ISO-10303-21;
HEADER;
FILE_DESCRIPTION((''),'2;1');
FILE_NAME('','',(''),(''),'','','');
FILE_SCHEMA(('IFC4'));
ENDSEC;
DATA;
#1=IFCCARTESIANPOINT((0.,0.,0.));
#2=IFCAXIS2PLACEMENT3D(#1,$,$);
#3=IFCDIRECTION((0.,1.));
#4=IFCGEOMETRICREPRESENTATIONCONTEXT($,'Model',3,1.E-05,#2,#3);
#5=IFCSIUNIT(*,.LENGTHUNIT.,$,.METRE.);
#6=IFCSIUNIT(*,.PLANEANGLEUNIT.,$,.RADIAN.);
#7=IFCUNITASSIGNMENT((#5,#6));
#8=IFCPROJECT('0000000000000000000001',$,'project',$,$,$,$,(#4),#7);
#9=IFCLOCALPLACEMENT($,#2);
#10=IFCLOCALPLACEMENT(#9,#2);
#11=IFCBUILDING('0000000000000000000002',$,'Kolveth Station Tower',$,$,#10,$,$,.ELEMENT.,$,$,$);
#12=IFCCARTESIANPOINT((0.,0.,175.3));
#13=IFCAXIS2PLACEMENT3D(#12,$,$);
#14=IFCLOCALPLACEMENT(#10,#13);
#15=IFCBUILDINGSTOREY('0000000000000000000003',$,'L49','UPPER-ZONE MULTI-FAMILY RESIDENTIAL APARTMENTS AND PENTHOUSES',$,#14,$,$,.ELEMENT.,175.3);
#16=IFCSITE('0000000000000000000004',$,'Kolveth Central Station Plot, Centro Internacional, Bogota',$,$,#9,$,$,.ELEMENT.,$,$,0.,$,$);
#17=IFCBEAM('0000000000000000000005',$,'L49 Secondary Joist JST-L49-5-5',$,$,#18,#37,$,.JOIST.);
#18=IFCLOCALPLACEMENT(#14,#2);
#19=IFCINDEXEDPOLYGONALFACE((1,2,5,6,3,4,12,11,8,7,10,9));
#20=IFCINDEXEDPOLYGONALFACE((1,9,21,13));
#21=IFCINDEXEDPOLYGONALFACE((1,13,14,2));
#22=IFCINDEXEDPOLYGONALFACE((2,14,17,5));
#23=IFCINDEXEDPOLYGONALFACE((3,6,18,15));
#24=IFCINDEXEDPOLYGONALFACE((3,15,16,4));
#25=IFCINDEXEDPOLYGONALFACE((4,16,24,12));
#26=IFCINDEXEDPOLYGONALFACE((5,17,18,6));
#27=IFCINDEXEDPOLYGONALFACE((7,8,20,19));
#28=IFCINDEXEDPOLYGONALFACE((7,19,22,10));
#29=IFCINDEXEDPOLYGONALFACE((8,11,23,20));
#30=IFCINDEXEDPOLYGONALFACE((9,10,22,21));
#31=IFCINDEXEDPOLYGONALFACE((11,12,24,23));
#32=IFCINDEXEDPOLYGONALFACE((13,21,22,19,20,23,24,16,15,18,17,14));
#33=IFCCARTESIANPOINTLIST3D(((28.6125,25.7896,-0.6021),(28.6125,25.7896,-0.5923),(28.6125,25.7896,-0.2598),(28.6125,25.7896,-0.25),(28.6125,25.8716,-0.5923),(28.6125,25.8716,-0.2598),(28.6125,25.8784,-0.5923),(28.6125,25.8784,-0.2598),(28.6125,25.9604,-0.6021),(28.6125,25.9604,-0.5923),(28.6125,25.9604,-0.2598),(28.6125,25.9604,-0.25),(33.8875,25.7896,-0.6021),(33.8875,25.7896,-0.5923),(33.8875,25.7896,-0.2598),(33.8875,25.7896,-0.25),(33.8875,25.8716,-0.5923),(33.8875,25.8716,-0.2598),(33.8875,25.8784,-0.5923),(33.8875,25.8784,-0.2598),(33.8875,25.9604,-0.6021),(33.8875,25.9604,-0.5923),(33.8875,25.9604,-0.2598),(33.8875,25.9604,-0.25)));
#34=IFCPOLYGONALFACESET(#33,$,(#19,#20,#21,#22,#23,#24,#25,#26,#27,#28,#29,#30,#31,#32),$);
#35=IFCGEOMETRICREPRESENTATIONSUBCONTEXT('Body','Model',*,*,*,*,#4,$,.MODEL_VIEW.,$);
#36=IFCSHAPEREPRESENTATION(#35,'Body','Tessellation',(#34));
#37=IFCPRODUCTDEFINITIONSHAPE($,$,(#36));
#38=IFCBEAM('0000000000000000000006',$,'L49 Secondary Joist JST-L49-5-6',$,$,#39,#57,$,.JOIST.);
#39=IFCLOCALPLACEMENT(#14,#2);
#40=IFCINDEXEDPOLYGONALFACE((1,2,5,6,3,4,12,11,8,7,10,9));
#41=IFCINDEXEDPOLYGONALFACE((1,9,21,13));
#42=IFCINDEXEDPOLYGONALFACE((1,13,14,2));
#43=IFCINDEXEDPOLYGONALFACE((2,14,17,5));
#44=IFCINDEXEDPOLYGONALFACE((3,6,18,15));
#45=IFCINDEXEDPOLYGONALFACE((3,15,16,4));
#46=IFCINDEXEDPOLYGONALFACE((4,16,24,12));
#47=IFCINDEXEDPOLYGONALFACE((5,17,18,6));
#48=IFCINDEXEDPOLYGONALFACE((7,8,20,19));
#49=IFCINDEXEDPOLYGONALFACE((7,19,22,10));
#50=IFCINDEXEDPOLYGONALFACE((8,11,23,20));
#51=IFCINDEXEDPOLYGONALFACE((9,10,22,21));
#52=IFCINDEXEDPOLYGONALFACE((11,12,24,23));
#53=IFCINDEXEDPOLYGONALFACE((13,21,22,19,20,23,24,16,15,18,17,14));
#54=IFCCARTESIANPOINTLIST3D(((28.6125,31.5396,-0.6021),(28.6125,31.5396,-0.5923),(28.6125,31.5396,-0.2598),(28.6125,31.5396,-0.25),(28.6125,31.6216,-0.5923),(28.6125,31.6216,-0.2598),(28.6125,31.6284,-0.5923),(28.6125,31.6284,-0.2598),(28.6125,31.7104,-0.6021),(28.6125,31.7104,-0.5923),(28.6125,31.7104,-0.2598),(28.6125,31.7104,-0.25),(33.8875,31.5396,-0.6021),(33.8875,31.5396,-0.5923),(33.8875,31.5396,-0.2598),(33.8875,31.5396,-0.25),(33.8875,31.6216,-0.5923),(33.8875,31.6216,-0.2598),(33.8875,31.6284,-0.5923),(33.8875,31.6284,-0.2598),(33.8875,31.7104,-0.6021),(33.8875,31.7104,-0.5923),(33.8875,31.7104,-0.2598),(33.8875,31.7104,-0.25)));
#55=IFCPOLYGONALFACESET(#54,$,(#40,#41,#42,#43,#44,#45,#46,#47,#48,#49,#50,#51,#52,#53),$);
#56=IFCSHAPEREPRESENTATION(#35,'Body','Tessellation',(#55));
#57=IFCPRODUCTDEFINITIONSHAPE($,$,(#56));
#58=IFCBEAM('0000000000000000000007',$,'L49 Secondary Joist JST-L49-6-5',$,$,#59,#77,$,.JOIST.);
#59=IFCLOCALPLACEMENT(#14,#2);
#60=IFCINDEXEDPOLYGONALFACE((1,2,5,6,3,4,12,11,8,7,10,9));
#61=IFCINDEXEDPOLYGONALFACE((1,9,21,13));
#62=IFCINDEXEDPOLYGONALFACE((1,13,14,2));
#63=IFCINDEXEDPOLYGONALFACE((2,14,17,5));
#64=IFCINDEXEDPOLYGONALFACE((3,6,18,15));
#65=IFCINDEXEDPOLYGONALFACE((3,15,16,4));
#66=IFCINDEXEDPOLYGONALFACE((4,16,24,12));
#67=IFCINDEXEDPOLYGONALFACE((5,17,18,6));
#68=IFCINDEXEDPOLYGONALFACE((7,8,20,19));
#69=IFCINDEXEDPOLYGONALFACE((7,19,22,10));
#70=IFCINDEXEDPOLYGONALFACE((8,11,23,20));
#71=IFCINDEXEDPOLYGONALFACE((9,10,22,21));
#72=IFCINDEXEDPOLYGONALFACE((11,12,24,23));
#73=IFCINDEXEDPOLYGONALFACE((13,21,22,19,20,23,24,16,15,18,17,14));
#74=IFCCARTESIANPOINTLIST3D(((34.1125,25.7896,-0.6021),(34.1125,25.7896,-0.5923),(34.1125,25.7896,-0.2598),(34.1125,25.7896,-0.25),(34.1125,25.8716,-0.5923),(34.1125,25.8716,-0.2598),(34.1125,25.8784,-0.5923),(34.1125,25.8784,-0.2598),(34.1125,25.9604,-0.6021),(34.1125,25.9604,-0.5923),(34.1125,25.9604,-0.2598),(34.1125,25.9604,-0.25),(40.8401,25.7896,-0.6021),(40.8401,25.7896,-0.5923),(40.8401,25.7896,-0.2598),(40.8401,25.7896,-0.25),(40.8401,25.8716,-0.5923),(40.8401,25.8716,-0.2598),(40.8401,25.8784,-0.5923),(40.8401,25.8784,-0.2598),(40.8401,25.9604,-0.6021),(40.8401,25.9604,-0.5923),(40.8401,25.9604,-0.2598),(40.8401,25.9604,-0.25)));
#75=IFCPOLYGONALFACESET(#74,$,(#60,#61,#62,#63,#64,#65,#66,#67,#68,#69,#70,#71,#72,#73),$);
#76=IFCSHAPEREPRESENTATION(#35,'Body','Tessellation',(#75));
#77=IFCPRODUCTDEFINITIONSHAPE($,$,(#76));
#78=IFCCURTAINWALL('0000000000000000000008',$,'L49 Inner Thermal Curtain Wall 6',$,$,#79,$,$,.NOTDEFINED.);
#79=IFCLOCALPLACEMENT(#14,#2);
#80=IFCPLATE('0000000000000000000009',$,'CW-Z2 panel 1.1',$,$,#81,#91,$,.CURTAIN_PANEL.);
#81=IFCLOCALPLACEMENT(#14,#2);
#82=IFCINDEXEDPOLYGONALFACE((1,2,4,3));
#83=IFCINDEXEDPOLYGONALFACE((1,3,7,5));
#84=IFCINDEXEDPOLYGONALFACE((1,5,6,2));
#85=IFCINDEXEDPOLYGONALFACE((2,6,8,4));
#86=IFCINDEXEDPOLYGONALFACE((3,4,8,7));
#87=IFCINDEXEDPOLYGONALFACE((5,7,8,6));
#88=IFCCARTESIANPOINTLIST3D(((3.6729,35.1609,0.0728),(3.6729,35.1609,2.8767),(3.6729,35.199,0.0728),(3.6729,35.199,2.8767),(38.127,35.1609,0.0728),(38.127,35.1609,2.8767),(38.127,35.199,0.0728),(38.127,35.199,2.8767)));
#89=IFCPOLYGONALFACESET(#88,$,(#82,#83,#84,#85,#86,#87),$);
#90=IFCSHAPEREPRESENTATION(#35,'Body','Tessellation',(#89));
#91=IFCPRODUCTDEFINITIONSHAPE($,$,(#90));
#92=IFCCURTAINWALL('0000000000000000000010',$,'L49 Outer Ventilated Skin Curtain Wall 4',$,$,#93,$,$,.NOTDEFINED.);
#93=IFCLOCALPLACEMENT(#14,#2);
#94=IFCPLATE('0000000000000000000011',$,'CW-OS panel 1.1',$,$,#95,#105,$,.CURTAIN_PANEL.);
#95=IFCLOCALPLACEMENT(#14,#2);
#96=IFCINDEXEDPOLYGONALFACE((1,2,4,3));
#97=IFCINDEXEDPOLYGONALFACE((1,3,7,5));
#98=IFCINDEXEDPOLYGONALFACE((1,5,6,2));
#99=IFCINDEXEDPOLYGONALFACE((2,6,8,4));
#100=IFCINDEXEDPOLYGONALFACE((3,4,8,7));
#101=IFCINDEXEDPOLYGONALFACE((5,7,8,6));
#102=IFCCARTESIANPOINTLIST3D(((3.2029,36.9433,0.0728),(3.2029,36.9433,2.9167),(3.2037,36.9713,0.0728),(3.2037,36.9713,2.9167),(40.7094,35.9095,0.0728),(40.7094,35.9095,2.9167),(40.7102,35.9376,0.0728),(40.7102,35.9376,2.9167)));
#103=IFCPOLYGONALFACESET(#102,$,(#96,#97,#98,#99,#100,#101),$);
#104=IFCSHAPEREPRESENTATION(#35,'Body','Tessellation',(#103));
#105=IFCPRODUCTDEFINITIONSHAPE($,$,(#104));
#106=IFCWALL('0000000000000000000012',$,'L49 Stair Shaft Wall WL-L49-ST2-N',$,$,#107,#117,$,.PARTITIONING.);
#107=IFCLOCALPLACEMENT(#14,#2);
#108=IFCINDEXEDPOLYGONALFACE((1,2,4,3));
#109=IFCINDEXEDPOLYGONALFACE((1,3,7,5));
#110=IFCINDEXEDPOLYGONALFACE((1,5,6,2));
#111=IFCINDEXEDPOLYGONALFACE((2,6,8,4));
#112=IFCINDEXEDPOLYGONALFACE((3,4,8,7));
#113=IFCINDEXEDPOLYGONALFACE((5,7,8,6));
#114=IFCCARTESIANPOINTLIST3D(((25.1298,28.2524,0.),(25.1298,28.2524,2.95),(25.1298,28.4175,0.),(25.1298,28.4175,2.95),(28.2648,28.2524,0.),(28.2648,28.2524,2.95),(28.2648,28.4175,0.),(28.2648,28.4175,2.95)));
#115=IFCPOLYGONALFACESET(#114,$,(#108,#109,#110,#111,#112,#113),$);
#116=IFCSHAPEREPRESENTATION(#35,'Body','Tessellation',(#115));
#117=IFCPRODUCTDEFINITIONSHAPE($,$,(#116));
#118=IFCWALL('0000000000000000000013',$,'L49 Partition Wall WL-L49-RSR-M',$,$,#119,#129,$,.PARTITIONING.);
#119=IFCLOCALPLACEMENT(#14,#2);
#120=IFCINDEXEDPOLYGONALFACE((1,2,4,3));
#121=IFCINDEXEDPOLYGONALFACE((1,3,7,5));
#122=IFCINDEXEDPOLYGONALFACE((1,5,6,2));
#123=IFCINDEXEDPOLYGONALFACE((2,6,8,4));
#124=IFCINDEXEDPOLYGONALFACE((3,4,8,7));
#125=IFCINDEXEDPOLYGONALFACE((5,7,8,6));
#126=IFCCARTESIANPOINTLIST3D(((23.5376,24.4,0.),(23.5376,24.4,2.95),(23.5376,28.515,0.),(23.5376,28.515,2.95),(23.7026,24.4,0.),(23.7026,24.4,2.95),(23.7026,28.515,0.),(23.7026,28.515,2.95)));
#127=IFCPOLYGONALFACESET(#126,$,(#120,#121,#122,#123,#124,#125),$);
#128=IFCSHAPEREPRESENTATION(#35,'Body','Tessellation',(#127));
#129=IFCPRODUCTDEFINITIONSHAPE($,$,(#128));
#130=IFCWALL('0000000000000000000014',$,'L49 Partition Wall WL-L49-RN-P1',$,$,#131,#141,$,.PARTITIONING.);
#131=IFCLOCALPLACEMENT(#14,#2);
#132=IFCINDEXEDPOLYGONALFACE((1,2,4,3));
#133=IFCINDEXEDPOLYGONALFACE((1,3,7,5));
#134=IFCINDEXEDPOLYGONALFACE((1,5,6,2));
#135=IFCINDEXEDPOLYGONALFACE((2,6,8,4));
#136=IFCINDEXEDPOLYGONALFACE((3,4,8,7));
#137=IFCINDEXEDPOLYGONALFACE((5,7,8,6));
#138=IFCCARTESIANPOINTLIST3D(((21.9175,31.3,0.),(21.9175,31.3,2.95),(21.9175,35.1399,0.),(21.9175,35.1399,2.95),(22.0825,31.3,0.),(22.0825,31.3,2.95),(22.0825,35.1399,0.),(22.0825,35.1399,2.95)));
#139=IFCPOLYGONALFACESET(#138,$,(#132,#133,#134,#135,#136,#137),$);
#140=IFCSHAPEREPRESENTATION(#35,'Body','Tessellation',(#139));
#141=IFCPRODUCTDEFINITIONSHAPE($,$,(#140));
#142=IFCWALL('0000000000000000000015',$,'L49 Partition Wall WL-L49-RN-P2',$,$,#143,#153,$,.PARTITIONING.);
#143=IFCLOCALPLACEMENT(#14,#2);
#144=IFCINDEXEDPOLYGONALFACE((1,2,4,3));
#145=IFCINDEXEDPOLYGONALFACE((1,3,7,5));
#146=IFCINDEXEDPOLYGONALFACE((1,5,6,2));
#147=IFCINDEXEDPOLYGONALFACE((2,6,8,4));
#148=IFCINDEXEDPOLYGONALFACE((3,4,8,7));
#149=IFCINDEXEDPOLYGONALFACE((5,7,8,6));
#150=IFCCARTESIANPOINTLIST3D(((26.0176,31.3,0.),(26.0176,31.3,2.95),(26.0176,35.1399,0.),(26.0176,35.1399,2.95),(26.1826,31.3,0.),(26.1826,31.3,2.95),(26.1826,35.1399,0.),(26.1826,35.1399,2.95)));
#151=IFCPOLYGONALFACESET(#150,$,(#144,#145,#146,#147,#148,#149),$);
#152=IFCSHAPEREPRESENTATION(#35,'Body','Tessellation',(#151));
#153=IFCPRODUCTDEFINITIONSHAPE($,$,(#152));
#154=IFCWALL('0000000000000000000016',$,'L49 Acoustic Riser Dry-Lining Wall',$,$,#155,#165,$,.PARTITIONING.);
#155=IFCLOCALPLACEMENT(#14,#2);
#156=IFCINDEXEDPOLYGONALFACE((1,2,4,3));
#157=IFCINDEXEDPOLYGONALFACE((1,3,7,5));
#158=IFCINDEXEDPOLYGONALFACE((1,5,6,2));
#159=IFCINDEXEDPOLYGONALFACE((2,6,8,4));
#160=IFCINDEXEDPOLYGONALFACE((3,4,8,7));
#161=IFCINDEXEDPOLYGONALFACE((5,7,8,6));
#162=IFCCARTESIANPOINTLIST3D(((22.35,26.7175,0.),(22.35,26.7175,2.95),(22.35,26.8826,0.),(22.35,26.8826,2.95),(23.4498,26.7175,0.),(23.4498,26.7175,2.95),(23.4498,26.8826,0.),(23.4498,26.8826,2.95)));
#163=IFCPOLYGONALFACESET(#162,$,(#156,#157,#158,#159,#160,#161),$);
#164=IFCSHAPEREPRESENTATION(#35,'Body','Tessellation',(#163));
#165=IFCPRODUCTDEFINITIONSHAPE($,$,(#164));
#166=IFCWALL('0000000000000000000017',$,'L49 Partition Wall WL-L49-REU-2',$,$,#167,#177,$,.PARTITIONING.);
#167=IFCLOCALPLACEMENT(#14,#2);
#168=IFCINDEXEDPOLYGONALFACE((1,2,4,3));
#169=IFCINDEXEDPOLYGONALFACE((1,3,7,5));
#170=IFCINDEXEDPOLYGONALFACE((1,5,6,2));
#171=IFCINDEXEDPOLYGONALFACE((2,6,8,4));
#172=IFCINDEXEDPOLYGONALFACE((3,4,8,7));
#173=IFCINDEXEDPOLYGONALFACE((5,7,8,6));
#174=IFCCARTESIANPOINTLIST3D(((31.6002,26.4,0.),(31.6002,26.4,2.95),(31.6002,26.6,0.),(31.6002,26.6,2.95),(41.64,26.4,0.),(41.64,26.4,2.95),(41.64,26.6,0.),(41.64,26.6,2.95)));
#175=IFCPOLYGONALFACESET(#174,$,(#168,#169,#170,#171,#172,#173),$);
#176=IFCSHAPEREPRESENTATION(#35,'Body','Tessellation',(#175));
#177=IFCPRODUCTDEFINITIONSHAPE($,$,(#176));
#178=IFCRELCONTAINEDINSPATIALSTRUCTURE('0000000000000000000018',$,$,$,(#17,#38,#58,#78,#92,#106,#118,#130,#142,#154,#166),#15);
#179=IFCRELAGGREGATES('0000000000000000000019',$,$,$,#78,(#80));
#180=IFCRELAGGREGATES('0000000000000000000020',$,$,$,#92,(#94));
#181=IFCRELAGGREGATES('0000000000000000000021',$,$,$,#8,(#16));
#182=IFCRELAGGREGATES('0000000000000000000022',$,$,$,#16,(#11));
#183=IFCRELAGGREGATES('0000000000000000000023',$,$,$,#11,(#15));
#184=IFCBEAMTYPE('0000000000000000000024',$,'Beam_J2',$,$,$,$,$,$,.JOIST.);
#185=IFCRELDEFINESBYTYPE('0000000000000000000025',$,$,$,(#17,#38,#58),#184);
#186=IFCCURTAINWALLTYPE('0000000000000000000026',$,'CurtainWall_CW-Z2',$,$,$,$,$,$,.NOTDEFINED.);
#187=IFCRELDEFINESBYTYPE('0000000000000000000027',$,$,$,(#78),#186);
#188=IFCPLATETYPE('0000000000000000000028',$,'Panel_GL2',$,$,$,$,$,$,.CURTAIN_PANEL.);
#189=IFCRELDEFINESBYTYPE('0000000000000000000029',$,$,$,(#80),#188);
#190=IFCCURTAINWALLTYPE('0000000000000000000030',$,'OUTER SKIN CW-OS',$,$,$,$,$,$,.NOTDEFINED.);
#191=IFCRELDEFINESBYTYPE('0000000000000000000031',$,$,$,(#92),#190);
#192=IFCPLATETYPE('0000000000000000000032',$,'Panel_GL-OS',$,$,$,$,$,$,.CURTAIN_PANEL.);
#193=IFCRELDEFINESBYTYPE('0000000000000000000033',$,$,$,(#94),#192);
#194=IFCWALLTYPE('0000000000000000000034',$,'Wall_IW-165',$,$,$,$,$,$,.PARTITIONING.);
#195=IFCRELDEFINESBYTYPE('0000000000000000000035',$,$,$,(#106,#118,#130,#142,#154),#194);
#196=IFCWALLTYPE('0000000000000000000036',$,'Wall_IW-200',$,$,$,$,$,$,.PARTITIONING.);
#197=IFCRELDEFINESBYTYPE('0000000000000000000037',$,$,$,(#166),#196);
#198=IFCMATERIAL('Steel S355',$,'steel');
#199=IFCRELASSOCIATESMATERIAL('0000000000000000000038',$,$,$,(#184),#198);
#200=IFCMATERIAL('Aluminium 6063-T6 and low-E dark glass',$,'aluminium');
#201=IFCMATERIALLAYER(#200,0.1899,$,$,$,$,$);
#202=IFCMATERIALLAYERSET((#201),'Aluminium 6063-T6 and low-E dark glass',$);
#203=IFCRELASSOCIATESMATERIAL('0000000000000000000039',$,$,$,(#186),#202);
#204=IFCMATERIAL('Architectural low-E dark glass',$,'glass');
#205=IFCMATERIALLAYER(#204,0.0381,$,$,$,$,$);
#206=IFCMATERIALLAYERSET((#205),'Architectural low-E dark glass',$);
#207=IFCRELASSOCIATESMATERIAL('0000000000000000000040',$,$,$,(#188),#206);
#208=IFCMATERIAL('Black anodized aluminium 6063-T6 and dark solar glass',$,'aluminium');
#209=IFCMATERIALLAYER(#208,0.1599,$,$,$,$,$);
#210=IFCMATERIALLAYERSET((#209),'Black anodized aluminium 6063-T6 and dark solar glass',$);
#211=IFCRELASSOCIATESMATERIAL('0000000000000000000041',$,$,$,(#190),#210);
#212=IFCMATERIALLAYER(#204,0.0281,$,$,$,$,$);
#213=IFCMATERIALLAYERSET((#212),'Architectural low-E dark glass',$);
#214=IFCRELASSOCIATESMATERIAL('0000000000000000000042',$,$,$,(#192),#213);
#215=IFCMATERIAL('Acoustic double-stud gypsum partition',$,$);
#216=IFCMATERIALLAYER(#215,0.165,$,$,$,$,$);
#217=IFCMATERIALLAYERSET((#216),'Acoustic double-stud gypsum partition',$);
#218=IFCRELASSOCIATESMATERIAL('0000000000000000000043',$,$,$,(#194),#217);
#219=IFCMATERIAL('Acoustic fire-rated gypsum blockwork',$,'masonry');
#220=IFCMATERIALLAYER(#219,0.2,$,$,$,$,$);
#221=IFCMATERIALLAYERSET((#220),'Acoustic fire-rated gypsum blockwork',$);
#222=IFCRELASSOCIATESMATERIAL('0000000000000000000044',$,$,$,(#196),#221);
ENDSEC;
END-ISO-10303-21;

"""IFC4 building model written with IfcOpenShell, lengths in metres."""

from ifc_helpers import new_model, si_unit, direction, frame, frame_2d, origin, origin_2d, place, context, subcontext, project, spatial, rectangle, i_section, extrude, source, transform, mapped, material, layer, layer_set, material_profile, profile_set, type_object, element, aggregate, save


model = new_model("IFC4")

# Units and contexts
model_context = context("Model", 3, precision=1e-05, world=origin(), true_north=direction((0.0, 1.0)))
body_context = subcontext(model_context, "Body", "Model", "MODEL_VIEW")
ifc_project = project(units=[si_unit("LENGTHUNIT", "METRE"), si_unit("PLANEANGLEUNIT", "RADIAN")], contexts=[model_context])

# Site, building, storey
site_placement = place(None, origin())
site = spatial("IfcSite", under=ifc_project, at=site_placement, Name="Kolveth Central Station Plot, Centro Internacional, Bogota", CompositionType="ELEMENT", RefElevation=0.0)
building_placement = place(site_placement, origin())
building = spatial("IfcBuilding", under=site, at=building_placement, Name="Kolveth Station Tower", CompositionType="ELEMENT")
storey_placement = place(building_placement, frame((0.0, 0.0, 175.3)))
storey = spatial("IfcBuildingStorey", under=building, at=storey_placement, Name="L49", Description="UPPER-ZONE MULTI-FAMILY RESIDENTIAL APARTMENTS AND PENTHOUSES", CompositionType="ELEMENT", Elevation=175.3)

# Shared definitions
ifc_material_1 = material(Name="Steel S355", Category="steel")

# Beams
ifc_material_profile_1 = material_profile(ifc_material_1, i_section(OverallWidth=0.1709, OverallDepth=0.3521, WebThickness=0.0068, FlangeThickness=0.0098, at=origin_2d()), Name="W360x44")
ifc_profile_set_1 = profile_set([ifc_material_profile_1], Name="Steel S355")
beam_type_1 = type_object("IfcBeamType", Name="Beam_J2", PredefinedType="JOIST", material=ifc_profile_set_1)
shared_shape_1 = source(origin(), body_context, "Body", "SweptSolid", [
    extrude(i_section(OverallWidth=0.1709, OverallDepth=0.3521, WebThickness=0.0068, FlangeThickness=0.0098, at=origin_2d()), origin(), (0.0, 0.0, 1.0), 5.2749),
])
for number, where, z_axis, x_axis, name in (
    (1, (28.6125, 25.875, -0.426), (1.0, 0.0, 0.0), (0.0, 1.0, 0.0), "L49 Secondary Joist JST-L49-5-5"),
    (2, (28.6125, 31.625, -0.426), (1.0, 0.0, 0.0), (0.0, 1.0, 0.0), "L49 Secondary Joist JST-L49-5-6"),
):
    element("IfcBeam", number, at=place(storey_placement, frame(where, z_axis=z_axis, x_axis=x_axis)), inside=storey, type_object=beam_type_1, Name=name, PredefinedType="JOIST", context=body_context, shape_type="MappedRepresentation", body=[
        mapped(shared_shape_1, transform((0.0, 0.0, 0.0), x_axis=(1.0, 0.0, 0.0), y_axis=(0.0, 1.0, 0.0), z_axis=(0.0, 0.0, 1.0), scale=1.0)),
    ])
shared_shape_2 = source(origin(), body_context, "Body", "SweptSolid", [
    extrude(i_section(OverallWidth=0.1709, OverallDepth=0.3521, WebThickness=0.0068, FlangeThickness=0.0098, at=origin_2d()), origin(), (0.0, 0.0, 1.0), 6.7275),
])
beam_1_placement = place(storey_placement, frame((34.1125, 25.875, -0.426), z_axis=(1.0, 0.0, 0.0), x_axis=(0.0, 1.0, 0.0)))
element("IfcBeam", 3, at=beam_1_placement, inside=storey, type_object=beam_type_1, Name="L49 Secondary Joist JST-L49-6-5", PredefinedType="JOIST", context=body_context, shape_type="MappedRepresentation", body=[
    mapped(shared_shape_2, transform((0.0, 0.0, 0.0), x_axis=(1.0, 0.0, 0.0), y_axis=(0.0, 1.0, 0.0), z_axis=(0.0, 0.0, 1.0), scale=1.0)),
])

# Curtain walls, plates
ifc_material_2 = material(Name="Aluminium 6063-T6 and low-E dark glass", Category="aluminium")
ifc_layer_1 = layer(ifc_material_2, 0.1899)
ifc_layer_set_1 = layer_set([ifc_layer_1], Name="Aluminium 6063-T6 and low-E dark glass")
curtain_wall_type_1 = type_object("IfcCurtainWallType", Name="CurtainWall_CW-Z2", PredefinedType="NOTDEFINED", material=ifc_layer_set_1)
curtain_wall_1_placement = place(storey_placement, origin())
curtain_wall_1 = element("IfcCurtainWall", 4, at=curtain_wall_1_placement, inside=storey, type_object=curtain_wall_type_1, Name="L49 Inner Thermal Curtain Wall 6", PredefinedType="NOTDEFINED")
ifc_material_3 = material(Name="Architectural low-E dark glass", Category="glass")
ifc_layer_2 = layer(ifc_material_3, 0.0381)
ifc_layer_set_2 = layer_set([ifc_layer_2], Name="Architectural low-E dark glass")
plate_type_1 = type_object("IfcPlateType", Name="Panel_GL2", PredefinedType="CURTAIN_PANEL", material=ifc_layer_set_2)
shared_shape_3 = source(origin(), body_context, "Body", "SweptSolid", [
    extrude(rectangle(XDim=34.4541, YDim=0.0381, at=origin_2d()), origin(), (0.0, 0.0, 1.0), 2.804),
])
plate_1_placement = place(storey_placement, frame((20.8999, 35.1799, 0.0728), z_axis=(0.0, 0.0, 1.0), x_axis=(-1.0, 0.0, 0.0)))
plate_1 = element("IfcPlate", 5, at=plate_1_placement, type_object=plate_type_1, Name="CW-Z2 panel 1.1", PredefinedType="CURTAIN_PANEL", context=body_context, shape_type="MappedRepresentation", body=[
    mapped(shared_shape_3, transform((0.0, 0.0, 0.0), x_axis=(1.0, 0.0, 0.0), y_axis=(0.0, 1.0, 0.0), z_axis=(0.0, 0.0, 1.0), scale=1.0)),
])
aggregate(curtain_wall_1, [plate_1])
ifc_material_4 = material(Name="Black anodized aluminium 6063-T6 and dark solar glass", Category="aluminium")
ifc_layer_3 = layer(ifc_material_4, 0.1599)
ifc_layer_set_3 = layer_set([ifc_layer_3], Name="Black anodized aluminium 6063-T6 and dark solar glass")
curtain_wall_type_2 = type_object("IfcCurtainWallType", Name="OUTER SKIN CW-OS", PredefinedType="NOTDEFINED", material=ifc_layer_set_3)
curtain_wall_2_placement = place(storey_placement, origin())
curtain_wall_2 = element("IfcCurtainWall", 6, at=curtain_wall_2_placement, inside=storey, type_object=curtain_wall_type_2, Name="L49 Outer Ventilated Skin Curtain Wall 4", PredefinedType="NOTDEFINED")
ifc_layer_4 = layer(ifc_material_3, 0.0281)
ifc_layer_set_4 = layer_set([ifc_layer_4], Name="Architectural low-E dark glass")
plate_type_2 = type_object("IfcPlateType", Name="Panel_GL-OS", PredefinedType="CURTAIN_PANEL", material=ifc_layer_set_4)
shared_shape_4 = source(origin(), body_context, "Body", "SweptSolid", [
    extrude(rectangle(XDim=37.5208, YDim=0.0281, at=origin_2d()), origin(), (0.0, 0.0, 1.0), 2.844),
])
plate_2_placement = place(storey_placement, frame((21.9565, 36.4404, 0.0728), z_axis=(0.0, 0.0, 1.0), x_axis=(-0.99962, 0.027551, 0.0)))
plate_2 = element("IfcPlate", 7, at=plate_2_placement, type_object=plate_type_2, Name="CW-OS panel 1.1", PredefinedType="CURTAIN_PANEL", context=body_context, shape_type="MappedRepresentation", body=[
    mapped(shared_shape_4, transform((0.0, 0.0, 0.0), x_axis=(1.0, 0.0, 0.0), y_axis=(0.0, 1.0, 0.0), z_axis=(0.0, 0.0, 1.0), scale=1.0)),
])
aggregate(curtain_wall_2, [plate_2])

# Walls
ifc_material_5 = material(Name="Acoustic double-stud gypsum partition")
ifc_layer_5 = layer(ifc_material_5, 0.165)
ifc_layer_set_5 = layer_set([ifc_layer_5], Name="Acoustic double-stud gypsum partition")
wall_type_1 = type_object("IfcWallType", Name="Wall_IW-165", PredefinedType="PARTITIONING", material=ifc_layer_set_5)
wall_1_placement = place(storey_placement, frame((25.1299, 28.335, 0.0), z_axis=(0.0, 0.0, 1.0), x_axis=(1.0, 0.0, 0.0)))
element("IfcWall", 8, at=wall_1_placement, inside=storey, type_object=wall_type_1, Name="L49 Stair Shaft Wall WL-L49-ST2-N", PredefinedType="PARTITIONING", context=body_context, shape_type="SweptSolid", body=[
    extrude(rectangle(XDim=3.135, YDim=0.165, at=frame_2d((1.5674, 0.0))), origin(), (0.0, 0.0, 1.0), 2.95),
])
wall_2_placement = place(storey_placement, frame((23.6201, 24.3999, 0.0), z_axis=(0.0, 0.0, 1.0), x_axis=(0.0, 1.0, 0.0)))
element("IfcWall", 9, at=wall_2_placement, inside=storey, type_object=wall_type_1, Name="L49 Partition Wall WL-L49-RSR-M", PredefinedType="PARTITIONING", context=body_context, shape_type="SweptSolid", body=[
    extrude(rectangle(XDim=4.115, YDim=0.165, at=frame_2d((2.0576, 0.0))), origin(), (0.0, 0.0, 1.0), 2.95),
])
for number, where, z_axis, x_axis, name in (
    (10, (22.0, 31.3, 0.0), (0.0, 0.0, 1.0), (0.0, 1.0, 0.0), "L49 Partition Wall WL-L49-RN-P1"),
    (11, (26.1001, 31.3, 0.0), (0.0, 0.0, 1.0), (0.0, 1.0, 0.0), "L49 Partition Wall WL-L49-RN-P2"),
):
    element("IfcWall", number, at=place(storey_placement, frame(where, z_axis=z_axis, x_axis=x_axis)), inside=storey, type_object=wall_type_1, Name=name, PredefinedType="PARTITIONING", context=body_context, shape_type="SweptSolid", body=[
        extrude(rectangle(XDim=3.8398, YDim=0.165, at=frame_2d((1.9199, 0.0))), origin(), (0.0, 0.0, 1.0), 2.95),
    ])
wall_3_placement = place(storey_placement, frame((22.3501, 26.8, 0.0), z_axis=(0.0, 0.0, 1.0), x_axis=(1.0, 0.0, 0.0)))
element("IfcWall", 12, at=wall_3_placement, inside=storey, type_object=wall_type_1, Name="L49 Acoustic Riser Dry-Lining Wall", PredefinedType="PARTITIONING", context=body_context, shape_type="SweptSolid", body=[
    extrude(rectangle(XDim=1.0999, YDim=0.165, at=frame_2d((0.5498, 0.0))), origin(), (0.0, 0.0, 1.0), 2.95),
])
ifc_material_6 = material(Name="Acoustic fire-rated gypsum blockwork", Category="masonry")
ifc_layer_6 = layer(ifc_material_6, 0.2)
ifc_layer_set_6 = layer_set([ifc_layer_6], Name="Acoustic fire-rated gypsum blockwork")
wall_type_2 = type_object("IfcWallType", Name="Wall_IW-200", PredefinedType="PARTITIONING", material=ifc_layer_set_6)
wall_4_placement = place(storey_placement, frame((31.6001, 26.5, 0.0), z_axis=(0.0, 0.0, 1.0), x_axis=(1.0, 0.0, 0.0)))
element("IfcWall", 13, at=wall_4_placement, inside=storey, type_object=wall_type_2, Name="L49 Partition Wall WL-L49-REU-2", PredefinedType="PARTITIONING", context=body_context, shape_type="SweptSolid", body=[
    extrude(rectangle(XDim=10.0398, YDim=0.2, at=frame_2d((5.02, 0.0))), origin(), (0.0, 0.0, 1.0), 2.95),
])

save(model, "model.ifc")
